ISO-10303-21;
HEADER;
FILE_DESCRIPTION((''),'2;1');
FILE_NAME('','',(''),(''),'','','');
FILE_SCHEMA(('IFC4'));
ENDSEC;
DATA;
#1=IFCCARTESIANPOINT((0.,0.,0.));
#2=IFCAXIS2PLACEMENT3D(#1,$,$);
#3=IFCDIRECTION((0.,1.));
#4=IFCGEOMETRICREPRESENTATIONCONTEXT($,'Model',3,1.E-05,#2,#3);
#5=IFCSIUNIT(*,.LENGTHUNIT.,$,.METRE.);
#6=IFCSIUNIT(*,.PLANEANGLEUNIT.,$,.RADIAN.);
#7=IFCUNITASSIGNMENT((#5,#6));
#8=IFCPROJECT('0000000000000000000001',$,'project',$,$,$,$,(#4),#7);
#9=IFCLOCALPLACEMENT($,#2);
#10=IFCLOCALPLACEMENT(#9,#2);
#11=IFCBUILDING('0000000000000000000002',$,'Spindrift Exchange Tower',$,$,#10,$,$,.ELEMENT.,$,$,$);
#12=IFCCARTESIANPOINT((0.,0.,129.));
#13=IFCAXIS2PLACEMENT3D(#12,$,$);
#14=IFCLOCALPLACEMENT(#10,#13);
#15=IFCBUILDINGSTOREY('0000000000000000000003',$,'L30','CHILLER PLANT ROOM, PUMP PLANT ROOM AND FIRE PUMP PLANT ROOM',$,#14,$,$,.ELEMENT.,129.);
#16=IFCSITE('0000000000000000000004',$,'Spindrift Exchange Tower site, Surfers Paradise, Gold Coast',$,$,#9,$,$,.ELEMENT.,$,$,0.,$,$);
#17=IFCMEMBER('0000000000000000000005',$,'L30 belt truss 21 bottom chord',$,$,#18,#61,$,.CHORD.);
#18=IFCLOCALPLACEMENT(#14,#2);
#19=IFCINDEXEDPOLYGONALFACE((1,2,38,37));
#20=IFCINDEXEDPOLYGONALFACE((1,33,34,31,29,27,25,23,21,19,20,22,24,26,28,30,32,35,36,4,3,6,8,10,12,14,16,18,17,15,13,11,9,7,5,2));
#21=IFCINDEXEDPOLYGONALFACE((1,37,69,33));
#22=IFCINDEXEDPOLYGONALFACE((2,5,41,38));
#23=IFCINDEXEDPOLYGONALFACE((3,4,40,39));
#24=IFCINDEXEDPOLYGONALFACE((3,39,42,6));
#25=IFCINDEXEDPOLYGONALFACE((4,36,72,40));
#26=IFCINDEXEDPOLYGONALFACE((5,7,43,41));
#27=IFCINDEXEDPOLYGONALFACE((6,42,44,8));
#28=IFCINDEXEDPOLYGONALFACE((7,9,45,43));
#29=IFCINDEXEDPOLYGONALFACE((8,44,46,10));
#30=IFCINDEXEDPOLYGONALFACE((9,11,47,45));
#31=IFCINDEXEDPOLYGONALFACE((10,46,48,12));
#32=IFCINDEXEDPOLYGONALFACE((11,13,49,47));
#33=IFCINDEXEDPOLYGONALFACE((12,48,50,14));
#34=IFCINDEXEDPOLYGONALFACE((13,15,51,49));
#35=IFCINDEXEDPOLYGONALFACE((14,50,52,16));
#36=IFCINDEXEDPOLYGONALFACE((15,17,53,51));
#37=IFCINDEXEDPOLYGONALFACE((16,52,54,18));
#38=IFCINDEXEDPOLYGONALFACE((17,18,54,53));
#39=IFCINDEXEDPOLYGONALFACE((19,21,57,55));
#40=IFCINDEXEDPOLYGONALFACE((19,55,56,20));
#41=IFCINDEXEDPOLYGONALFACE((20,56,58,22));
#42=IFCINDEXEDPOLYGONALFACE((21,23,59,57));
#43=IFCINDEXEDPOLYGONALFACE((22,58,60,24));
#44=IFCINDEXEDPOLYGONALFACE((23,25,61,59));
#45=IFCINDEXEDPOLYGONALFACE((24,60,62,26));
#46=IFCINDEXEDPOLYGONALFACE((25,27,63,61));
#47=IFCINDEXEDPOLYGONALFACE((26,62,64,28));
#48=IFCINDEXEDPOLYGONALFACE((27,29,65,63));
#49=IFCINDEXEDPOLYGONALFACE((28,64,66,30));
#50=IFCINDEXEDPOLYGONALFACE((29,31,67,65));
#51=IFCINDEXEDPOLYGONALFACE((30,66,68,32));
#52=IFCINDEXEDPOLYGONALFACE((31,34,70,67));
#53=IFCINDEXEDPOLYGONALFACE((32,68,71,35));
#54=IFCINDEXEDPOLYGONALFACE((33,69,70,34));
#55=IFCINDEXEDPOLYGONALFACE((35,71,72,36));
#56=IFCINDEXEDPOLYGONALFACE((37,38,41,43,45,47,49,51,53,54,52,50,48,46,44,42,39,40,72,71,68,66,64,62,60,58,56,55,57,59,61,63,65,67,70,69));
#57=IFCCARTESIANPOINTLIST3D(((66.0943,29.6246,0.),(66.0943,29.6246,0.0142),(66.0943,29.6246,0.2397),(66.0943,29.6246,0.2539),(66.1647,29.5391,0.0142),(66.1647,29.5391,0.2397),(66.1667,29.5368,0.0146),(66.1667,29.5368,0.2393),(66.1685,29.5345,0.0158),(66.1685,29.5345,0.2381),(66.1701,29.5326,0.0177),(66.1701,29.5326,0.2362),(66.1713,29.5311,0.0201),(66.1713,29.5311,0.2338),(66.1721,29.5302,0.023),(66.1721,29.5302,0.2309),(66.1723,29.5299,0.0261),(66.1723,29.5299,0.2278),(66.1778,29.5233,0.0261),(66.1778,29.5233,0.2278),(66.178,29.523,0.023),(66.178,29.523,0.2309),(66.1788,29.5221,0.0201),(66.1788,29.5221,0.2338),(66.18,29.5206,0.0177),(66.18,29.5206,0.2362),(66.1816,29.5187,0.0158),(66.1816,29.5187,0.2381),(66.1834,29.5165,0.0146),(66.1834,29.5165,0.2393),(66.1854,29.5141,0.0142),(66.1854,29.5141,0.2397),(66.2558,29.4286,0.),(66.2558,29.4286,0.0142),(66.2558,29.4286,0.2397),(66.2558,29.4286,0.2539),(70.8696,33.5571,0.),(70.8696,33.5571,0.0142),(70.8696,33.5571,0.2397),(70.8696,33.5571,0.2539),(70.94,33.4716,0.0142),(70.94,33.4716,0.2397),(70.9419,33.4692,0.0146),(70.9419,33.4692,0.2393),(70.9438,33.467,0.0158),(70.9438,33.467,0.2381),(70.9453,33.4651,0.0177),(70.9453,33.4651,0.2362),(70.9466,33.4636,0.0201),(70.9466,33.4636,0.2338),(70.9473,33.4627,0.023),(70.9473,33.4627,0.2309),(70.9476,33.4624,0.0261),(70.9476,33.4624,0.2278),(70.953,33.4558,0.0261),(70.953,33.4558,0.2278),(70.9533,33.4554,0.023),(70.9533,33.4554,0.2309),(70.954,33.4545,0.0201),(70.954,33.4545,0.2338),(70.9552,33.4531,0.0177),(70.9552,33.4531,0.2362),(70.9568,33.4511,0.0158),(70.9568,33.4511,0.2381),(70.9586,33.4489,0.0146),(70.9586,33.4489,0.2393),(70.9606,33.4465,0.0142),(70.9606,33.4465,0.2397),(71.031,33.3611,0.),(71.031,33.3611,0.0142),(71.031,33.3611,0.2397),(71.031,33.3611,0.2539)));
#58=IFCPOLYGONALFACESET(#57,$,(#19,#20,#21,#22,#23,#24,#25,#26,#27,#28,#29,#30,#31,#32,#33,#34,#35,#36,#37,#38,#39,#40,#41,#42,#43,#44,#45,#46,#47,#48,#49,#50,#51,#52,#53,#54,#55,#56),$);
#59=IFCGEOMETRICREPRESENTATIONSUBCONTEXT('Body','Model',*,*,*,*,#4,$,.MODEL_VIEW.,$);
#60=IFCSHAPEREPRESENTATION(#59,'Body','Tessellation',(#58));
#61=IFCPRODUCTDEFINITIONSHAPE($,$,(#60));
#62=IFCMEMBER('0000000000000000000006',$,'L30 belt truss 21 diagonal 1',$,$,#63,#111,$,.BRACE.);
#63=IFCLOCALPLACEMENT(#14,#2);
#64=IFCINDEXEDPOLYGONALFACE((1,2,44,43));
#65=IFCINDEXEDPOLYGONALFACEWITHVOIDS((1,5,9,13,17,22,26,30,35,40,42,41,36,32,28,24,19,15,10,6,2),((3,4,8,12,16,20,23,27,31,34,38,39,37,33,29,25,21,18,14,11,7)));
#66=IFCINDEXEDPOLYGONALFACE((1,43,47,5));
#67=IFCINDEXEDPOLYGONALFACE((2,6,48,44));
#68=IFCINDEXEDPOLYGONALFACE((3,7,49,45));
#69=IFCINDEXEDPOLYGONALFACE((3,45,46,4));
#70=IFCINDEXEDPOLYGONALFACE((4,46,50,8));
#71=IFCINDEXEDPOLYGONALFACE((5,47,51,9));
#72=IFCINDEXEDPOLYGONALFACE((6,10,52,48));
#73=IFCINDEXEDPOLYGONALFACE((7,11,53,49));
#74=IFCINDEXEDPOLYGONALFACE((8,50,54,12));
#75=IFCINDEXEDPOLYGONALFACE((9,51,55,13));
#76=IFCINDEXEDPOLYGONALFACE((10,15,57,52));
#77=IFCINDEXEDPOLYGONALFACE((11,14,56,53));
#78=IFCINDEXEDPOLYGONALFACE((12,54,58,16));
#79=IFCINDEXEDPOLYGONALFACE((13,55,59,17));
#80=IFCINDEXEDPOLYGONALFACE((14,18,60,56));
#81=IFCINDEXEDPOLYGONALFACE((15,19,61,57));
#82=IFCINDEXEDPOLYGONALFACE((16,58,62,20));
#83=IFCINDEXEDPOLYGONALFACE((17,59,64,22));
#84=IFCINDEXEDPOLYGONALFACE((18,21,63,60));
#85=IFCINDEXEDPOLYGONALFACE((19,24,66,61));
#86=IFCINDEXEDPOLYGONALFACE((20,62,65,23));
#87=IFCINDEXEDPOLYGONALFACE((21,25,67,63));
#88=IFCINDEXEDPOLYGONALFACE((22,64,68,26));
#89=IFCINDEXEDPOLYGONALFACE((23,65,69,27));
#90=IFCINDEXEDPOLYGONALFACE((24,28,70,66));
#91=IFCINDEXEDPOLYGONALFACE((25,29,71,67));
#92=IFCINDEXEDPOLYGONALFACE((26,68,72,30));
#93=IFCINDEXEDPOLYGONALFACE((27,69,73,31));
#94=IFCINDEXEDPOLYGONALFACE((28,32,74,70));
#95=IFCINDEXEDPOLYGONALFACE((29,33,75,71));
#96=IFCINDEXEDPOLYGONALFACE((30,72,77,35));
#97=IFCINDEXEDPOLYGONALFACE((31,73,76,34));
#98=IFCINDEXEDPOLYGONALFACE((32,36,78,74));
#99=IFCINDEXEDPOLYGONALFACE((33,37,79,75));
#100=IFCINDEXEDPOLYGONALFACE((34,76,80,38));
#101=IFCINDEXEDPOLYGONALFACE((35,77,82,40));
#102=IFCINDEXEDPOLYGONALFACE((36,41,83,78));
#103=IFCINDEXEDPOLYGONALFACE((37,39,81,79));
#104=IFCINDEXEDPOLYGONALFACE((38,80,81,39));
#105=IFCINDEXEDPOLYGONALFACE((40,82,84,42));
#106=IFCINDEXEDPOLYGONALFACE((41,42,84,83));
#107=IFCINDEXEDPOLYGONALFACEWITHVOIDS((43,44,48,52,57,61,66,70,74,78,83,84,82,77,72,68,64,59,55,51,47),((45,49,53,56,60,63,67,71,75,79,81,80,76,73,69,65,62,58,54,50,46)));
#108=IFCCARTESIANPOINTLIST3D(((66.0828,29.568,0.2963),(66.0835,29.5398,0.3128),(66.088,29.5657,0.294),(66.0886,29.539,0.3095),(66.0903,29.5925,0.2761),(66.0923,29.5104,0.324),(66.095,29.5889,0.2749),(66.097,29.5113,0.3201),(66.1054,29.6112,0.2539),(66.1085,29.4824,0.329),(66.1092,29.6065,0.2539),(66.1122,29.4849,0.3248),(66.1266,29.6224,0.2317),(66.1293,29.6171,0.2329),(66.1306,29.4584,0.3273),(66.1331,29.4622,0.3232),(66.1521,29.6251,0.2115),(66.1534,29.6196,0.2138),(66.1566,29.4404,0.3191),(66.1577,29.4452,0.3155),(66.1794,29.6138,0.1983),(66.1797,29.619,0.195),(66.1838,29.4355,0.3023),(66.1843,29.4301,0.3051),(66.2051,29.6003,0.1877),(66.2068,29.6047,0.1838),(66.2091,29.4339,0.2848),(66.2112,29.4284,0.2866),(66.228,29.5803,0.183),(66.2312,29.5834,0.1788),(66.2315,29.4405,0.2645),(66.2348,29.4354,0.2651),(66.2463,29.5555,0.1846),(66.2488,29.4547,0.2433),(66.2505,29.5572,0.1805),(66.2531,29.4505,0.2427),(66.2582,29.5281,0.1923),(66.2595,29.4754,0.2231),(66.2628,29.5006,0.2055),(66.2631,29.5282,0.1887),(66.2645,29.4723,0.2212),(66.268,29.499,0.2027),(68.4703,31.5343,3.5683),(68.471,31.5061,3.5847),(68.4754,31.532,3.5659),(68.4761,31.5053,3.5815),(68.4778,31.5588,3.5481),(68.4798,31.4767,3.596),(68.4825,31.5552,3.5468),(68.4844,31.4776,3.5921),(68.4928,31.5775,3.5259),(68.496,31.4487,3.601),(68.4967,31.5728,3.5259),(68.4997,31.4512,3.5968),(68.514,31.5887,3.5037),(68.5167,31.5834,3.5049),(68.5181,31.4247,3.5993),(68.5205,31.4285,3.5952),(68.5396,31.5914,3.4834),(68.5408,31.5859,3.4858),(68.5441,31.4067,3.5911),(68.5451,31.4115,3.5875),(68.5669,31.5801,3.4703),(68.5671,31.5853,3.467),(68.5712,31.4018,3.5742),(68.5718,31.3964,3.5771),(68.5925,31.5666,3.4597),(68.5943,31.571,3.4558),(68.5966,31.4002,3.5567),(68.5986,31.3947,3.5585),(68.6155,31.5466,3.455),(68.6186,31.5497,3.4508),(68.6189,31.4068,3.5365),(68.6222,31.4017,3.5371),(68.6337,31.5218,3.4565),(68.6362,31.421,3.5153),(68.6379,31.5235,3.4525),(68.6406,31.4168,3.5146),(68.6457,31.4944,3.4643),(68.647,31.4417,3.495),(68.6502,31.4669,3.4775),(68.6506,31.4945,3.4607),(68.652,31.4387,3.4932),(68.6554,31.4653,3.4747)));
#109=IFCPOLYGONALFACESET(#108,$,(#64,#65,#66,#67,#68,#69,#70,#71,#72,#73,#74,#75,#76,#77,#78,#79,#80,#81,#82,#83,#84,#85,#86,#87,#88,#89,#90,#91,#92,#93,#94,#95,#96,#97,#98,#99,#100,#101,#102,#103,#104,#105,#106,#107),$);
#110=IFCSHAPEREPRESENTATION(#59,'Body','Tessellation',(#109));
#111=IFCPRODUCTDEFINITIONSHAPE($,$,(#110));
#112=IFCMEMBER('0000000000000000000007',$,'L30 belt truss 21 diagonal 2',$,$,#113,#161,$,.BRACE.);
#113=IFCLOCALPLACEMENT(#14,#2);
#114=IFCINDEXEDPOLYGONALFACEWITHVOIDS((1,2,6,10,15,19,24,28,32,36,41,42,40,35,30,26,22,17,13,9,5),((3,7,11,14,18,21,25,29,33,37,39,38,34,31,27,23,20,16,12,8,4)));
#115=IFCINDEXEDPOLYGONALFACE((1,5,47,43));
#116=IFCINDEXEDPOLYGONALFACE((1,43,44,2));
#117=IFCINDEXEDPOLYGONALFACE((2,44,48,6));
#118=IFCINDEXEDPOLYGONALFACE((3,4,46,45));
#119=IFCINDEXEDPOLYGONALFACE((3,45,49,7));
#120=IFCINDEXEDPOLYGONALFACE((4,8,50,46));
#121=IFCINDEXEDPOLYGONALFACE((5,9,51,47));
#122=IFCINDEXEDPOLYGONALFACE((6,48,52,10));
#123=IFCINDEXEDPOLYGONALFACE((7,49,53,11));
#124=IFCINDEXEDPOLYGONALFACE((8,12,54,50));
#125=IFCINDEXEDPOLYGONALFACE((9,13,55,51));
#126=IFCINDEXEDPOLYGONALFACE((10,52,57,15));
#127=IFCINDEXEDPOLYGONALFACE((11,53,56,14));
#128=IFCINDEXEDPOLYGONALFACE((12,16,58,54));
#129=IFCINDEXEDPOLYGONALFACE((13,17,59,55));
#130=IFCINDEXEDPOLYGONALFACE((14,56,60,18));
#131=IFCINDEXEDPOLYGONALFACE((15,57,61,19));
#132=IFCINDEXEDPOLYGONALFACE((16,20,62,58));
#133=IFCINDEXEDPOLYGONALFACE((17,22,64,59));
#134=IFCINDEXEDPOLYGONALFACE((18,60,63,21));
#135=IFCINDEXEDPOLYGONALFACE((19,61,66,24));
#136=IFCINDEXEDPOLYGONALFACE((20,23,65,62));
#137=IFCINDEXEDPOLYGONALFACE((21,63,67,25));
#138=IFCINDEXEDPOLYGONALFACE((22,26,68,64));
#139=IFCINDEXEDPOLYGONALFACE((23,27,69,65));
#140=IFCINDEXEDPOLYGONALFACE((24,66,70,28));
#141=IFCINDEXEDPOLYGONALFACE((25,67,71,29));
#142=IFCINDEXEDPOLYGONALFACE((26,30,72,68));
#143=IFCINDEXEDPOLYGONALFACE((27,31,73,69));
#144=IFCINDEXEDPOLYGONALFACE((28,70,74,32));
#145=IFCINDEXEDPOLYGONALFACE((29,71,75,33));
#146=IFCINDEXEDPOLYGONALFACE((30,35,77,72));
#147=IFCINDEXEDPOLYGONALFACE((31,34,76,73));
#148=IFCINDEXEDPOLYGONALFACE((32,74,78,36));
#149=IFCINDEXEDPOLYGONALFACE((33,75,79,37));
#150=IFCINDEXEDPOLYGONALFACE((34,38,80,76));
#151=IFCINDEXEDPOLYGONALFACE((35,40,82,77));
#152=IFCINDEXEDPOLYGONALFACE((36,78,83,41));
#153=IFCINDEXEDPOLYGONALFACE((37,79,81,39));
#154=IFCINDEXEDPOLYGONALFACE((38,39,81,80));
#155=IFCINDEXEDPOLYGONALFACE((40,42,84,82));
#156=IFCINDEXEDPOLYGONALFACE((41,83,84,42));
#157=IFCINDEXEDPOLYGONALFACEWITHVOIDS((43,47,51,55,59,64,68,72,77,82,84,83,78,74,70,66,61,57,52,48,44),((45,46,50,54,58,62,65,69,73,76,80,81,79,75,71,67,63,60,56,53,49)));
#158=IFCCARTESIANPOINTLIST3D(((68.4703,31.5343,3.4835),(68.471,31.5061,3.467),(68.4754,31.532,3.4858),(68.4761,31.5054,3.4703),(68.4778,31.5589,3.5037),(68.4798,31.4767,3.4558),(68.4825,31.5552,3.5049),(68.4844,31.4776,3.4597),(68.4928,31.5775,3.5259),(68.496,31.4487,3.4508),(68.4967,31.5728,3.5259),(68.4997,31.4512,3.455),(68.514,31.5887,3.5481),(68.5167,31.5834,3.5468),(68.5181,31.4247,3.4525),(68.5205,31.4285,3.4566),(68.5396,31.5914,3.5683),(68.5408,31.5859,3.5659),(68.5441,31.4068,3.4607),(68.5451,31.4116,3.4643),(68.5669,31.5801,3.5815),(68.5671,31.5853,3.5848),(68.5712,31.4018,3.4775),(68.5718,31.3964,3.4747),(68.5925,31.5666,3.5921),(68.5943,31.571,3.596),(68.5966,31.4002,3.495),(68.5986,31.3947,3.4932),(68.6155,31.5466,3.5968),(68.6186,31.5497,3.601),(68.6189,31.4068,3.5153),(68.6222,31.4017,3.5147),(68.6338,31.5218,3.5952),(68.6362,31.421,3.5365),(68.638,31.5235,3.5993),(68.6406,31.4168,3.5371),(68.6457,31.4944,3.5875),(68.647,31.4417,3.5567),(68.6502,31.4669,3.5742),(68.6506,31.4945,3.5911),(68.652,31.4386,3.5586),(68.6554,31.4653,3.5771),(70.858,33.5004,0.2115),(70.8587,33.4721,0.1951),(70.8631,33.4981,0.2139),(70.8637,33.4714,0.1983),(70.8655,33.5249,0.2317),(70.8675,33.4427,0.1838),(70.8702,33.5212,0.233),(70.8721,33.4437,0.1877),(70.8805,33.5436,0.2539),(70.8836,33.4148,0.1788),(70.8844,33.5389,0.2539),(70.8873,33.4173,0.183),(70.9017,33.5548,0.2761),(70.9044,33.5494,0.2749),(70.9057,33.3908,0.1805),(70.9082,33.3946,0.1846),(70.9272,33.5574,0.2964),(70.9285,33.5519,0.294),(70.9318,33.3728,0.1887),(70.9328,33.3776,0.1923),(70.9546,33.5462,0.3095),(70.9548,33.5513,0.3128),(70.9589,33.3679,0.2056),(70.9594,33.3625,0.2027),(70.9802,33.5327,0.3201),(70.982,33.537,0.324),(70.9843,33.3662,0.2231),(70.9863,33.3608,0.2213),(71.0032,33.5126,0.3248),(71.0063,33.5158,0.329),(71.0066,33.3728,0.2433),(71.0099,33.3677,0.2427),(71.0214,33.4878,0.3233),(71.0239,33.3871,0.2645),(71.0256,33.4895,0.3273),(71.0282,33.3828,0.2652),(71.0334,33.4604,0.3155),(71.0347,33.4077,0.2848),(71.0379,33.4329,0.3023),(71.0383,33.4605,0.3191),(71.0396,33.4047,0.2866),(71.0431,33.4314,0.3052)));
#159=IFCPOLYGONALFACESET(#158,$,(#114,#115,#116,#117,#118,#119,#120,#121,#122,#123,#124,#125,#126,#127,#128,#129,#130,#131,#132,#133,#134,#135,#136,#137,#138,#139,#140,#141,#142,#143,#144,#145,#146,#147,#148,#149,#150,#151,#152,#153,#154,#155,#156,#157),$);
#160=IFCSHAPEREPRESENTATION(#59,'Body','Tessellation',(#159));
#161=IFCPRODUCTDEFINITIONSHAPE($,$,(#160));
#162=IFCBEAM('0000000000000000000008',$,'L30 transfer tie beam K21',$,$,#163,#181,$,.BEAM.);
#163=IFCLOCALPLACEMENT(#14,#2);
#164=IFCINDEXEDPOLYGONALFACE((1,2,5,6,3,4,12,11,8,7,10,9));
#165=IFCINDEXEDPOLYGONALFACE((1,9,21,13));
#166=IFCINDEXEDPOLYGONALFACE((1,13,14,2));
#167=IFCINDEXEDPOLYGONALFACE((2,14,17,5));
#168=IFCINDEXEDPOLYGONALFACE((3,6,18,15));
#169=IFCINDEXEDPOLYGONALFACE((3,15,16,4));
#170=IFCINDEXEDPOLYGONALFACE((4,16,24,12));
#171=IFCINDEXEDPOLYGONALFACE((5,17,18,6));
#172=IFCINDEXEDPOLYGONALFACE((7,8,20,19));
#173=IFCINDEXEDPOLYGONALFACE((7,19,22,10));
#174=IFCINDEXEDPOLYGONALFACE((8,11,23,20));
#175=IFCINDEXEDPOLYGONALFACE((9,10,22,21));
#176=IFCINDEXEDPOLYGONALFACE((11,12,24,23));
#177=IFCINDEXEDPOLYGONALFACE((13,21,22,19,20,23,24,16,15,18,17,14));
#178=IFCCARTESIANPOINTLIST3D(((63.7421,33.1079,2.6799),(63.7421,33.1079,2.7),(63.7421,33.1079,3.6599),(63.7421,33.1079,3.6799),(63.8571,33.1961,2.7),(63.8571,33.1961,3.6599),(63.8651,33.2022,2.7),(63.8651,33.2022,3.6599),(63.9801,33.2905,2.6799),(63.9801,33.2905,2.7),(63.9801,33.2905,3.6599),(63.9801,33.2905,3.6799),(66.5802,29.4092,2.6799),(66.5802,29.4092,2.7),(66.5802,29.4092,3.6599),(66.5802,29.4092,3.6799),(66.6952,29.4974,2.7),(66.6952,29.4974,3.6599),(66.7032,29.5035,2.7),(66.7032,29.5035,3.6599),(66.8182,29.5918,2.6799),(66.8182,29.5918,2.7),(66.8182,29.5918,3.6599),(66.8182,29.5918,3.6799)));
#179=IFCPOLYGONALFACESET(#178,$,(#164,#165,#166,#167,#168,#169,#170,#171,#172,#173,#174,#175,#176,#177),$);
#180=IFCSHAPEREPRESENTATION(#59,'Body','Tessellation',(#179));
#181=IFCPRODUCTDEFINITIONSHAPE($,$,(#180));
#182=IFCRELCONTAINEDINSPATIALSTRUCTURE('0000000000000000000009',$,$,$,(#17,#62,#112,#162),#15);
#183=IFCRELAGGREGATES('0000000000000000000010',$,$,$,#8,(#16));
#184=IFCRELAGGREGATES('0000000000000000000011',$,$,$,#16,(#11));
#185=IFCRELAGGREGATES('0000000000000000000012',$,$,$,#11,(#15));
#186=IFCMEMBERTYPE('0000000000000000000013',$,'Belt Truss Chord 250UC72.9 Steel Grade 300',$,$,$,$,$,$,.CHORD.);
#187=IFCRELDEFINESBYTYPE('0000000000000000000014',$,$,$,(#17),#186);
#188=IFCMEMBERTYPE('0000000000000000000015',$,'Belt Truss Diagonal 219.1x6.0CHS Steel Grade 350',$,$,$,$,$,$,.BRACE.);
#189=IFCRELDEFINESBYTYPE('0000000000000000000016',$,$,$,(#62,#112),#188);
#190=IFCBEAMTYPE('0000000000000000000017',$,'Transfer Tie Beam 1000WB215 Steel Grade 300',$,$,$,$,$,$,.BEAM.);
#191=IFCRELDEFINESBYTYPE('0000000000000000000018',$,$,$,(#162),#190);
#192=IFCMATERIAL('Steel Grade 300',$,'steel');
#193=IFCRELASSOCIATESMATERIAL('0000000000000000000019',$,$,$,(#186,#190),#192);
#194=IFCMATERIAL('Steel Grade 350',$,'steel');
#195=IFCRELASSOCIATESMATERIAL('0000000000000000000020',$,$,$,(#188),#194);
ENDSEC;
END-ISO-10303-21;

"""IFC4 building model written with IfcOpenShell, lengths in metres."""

from ifc_helpers import new_model, si_unit, direction, frame, origin, origin_2d, place, context, subcontext, project, spatial, hollow_circle, i_section, extrude, source, transform, mapped, material, material_profile, profile_set, type_object, element, save


model = new_model("IFC4")

# Units and contexts
model_context = context("Model", 3, precision=1e-05, world=origin(), true_north=direction((0.0, 1.0)))
body_context = subcontext(model_context, "Body", "Model", "MODEL_VIEW")
ifc_project = project(units=[si_unit("LENGTHUNIT", "METRE"), si_unit("PLANEANGLEUNIT", "RADIAN")], contexts=[model_context])

# Site, building, storey
site_placement = place(None, origin())
site = spatial("IfcSite", under=ifc_project, at=site_placement, Name="Spindrift Exchange Tower site, Surfers Paradise, Gold Coast", CompositionType="ELEMENT", RefElevation=0.0)
building_placement = place(site_placement, origin())
building = spatial("IfcBuilding", under=site, at=building_placement, Name="Spindrift Exchange Tower", CompositionType="ELEMENT")
storey_placement = place(building_placement, frame((0.0, 0.0, 129.0)))
storey = spatial("IfcBuildingStorey", under=building, at=storey_placement, Name="L30", Description="CHILLER PLANT ROOM, PUMP PLANT ROOM AND FIRE PUMP PLANT ROOM", CompositionType="ELEMENT", Elevation=129.0)

# Shared definitions
ifc_material_1 = material(Name="Steel Grade 300", Category="steel")

# Members
ifc_material_profile_1 = material_profile(ifc_material_1, i_section(OverallWidth=0.2539, OverallDepth=0.2539, WebThickness=0.0085, FlangeThickness=0.0142, FilletRadius=0.012, at=origin_2d()), Name="250UC72.9")
ifc_profile_set_1 = profile_set([ifc_material_profile_1], Name="Steel Grade 300")
member_type_1 = type_object("IfcMemberType", Name="Belt Truss Chord 250UC72.9 Steel Grade 300", PredefinedType="CHORD", material=ifc_profile_set_1)
shared_shape_1 = source(origin(), body_context, "Body", "SweptSolid", [
    extrude(i_section(OverallWidth=0.2539, OverallDepth=0.2539, WebThickness=0.0085, FlangeThickness=0.0142, FilletRadius=0.012, at=origin_2d()), origin(), (0.0, 0.0, 1.0), 6.186),
])
for number, where, z_axis, x_axis, name in (
    (1, (66.175, 29.5266, 0.127), (0.771938, 0.635698, 0.0), (-0.635698, 0.771938, 0.0), "L30 belt truss 21 bottom chord"),
):
    element("IfcMember", number, at=place(storey_placement, frame(where, z_axis=z_axis, x_axis=x_axis)), inside=storey, type_object=member_type_1, Name=name, PredefinedType="CHORD", context=body_context, shape_type="MappedRepresentation", body=[
        mapped(shared_shape_1, transform((0.0, 0.0, 0.0), scale=1.0)),
    ])
ifc_material_2 = material(Name="Steel Grade 350", Category="steel")
ifc_material_profile_2 = material_profile(ifc_material_2, hollow_circle(Radius=0.1096, WallThickness=0.0061, at=origin_2d()), Name="219.1x6.0CHS")
ifc_profile_set_2 = profile_set([ifc_material_profile_2], Name="Steel Grade 350")
member_type_2 = type_object("IfcMemberType", Name="Belt Truss Diagonal 219.1x6.0CHS Steel Grade 350", PredefinedType="BRACE", material=ifc_profile_set_2)
shared_shape_2 = source(origin(), body_context, "Body", "SweptSolid", [
    extrude(hollow_circle(Radius=0.1096, WallThickness=0.0061, at=origin_2d()), origin(), (0.0, 0.0, 1.0), 4.5024),
])
for number, where, z_axis, x_axis, name in (
    (2, (66.175, 29.5266, 0.2539), (0.530255, 0.436719, 0.726709), (-0.63574, 0.771903, 0.0), "L30 belt truss 21 diagonal 1"),
    (3, (68.5625, 31.4929, 3.5259), (0.530307, 0.436663, -0.726705), (-0.635655, 0.771974, 0.0), "L30 belt truss 21 diagonal 2"),
):
    element("IfcMember", number, at=place(storey_placement, frame(where, z_axis=z_axis, x_axis=x_axis)), inside=storey, type_object=member_type_2, Name=name, PredefinedType="BRACE", context=body_context, shape_type="MappedRepresentation", body=[
        mapped(shared_shape_2, transform((0.0, 0.0, 0.0), scale=1.0)),
    ])

# Beam
ifc_material_profile_3 = material_profile(ifc_material_1, i_section(OverallWidth=0.3, OverallDepth=1.0, WebThickness=0.01, FlangeThickness=0.02, at=origin_2d()), Name="1000WB215")
ifc_profile_set_3 = profile_set([ifc_material_profile_3], Name="Steel Grade 300")
beam_type_1 = type_object("IfcBeamType", Name="Transfer Tie Beam 1000WB215 Steel Grade 300", PredefinedType="BEAM", material=ifc_profile_set_3)
shared_shape_3 = source(origin(), body_context, "Body", "SweptSolid", [
    extrude(i_section(OverallWidth=0.3, OverallDepth=1.0, WebThickness=0.01, FlangeThickness=0.02, at=origin_2d()), origin(), (0.0, 0.0, 1.0), 4.6621),
])
beam_1_placement = place(storey_placement, frame((66.6992, 29.5005, 3.1799), z_axis=(-0.608761, 0.793353, 0.0), x_axis=(-0.793353, -0.608761, 0.0)))
element("IfcBeam", 4, at=beam_1_placement, inside=storey, type_object=beam_type_1, Name="L30 transfer tie beam K21", PredefinedType="BEAM", context=body_context, shape_type="MappedRepresentation", body=[
    mapped(shared_shape_3, transform((0.0, 0.0, 0.0), scale=1.0)),
])

save(model, "model.ifc")
